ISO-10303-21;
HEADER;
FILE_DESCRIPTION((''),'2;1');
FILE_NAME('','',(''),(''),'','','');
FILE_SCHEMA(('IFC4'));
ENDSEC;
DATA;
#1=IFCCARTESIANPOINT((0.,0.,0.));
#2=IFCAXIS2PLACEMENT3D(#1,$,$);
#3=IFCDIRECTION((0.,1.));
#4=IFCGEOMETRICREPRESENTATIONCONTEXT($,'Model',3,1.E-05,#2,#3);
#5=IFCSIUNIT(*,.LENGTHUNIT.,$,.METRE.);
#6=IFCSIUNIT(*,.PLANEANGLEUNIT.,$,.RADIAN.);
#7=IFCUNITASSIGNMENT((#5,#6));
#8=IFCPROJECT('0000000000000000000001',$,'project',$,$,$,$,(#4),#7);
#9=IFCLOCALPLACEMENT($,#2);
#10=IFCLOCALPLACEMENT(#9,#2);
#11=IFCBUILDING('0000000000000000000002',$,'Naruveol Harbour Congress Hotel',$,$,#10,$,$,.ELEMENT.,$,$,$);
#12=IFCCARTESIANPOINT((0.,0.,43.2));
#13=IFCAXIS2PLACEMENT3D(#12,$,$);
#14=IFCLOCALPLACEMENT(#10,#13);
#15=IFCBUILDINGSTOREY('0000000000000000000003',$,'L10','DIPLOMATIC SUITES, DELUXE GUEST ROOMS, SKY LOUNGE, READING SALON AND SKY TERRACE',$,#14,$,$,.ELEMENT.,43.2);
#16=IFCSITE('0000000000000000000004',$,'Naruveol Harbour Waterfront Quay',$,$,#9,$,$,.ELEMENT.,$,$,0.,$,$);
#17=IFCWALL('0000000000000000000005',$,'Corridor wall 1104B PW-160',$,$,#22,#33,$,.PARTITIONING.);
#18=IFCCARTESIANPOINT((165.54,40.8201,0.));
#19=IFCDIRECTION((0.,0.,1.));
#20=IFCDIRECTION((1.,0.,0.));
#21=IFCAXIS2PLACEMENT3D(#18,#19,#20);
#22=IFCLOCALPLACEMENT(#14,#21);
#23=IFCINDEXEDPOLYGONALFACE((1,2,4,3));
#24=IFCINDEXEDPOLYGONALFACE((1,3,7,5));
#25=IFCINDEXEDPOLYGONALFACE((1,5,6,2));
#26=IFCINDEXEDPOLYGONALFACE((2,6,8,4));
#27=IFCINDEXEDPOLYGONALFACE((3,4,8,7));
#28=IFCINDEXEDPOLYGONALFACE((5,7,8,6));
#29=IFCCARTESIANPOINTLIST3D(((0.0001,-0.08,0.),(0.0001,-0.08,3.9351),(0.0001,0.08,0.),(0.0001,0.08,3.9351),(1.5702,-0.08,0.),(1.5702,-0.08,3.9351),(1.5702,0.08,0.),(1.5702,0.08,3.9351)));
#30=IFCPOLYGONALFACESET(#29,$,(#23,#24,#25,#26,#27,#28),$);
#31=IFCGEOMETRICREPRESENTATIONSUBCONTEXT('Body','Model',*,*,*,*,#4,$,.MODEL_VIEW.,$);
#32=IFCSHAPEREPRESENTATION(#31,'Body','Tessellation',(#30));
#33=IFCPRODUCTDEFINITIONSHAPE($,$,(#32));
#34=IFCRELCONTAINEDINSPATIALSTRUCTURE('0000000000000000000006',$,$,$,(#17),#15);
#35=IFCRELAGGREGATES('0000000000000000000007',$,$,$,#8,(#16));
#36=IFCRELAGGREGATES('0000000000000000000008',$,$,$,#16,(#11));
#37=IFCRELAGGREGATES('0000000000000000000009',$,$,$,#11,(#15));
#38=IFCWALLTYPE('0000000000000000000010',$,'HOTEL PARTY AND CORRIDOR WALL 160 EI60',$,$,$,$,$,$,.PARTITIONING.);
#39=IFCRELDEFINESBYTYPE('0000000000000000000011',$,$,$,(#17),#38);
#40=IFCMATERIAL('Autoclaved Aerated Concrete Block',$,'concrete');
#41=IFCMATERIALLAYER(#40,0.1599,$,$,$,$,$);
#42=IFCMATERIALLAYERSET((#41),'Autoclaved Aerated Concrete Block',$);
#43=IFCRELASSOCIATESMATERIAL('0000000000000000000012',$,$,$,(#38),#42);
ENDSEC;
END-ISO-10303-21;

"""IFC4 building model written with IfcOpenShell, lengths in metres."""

from ifc_helpers import new_model, si_unit, direction, frame, frame_2d, origin, place, context, subcontext, project, spatial, rectangle, extrude, material, layer, layer_set, type_object, element, save


model = new_model("IFC4")

# Units and contexts
model_context = context("Model", 3, precision=1e-05, world=origin(), true_north=direction((0.0, 1.0)))
body_context = subcontext(model_context, "Body", "Model", "MODEL_VIEW")
ifc_project = project(units=[si_unit("LENGTHUNIT", "METRE"), si_unit("PLANEANGLEUNIT", "RADIAN")], contexts=[model_context])

# Site, building, storey
site_placement = place(None, origin())
site = spatial("IfcSite", under=ifc_project, at=site_placement, Name="Naruveol Harbour Waterfront Quay", CompositionType="ELEMENT", RefElevation=0.0)
building_placement = place(site_placement, origin())
building = spatial("IfcBuilding", under=site, at=building_placement, Name="Naruveol Harbour Congress Hotel", CompositionType="ELEMENT")
storey_placement = place(building_placement, frame((0.0, 0.0, 43.2)))
storey = spatial("IfcBuildingStorey", under=building, at=storey_placement, Name="L10", Description="DIPLOMATIC SUITES, DELUXE GUEST ROOMS, SKY LOUNGE, READING SALON AND SKY TERRACE", CompositionType="ELEMENT", Elevation=43.2)

# Shared definitions
ifc_material_1 = material(Name="Autoclaved Aerated Concrete Block", Category="concrete")
ifc_layer_1 = layer(ifc_material_1, 0.1599)
ifc_layer_set_1 = layer_set([ifc_layer_1], Name="Autoclaved Aerated Concrete Block")
wall_type_1 = type_object("IfcWallType", Name="HOTEL PARTY AND CORRIDOR WALL 160 EI60", PredefinedType="PARTITIONING", material=ifc_layer_set_1)

# Wall
wall_1_placement = place(storey_placement, frame((165.54, 40.8201, 0.0), z_axis=(0.0, 0.0, 1.0), x_axis=(1.0, 0.0, 0.0)))
element("IfcWall", 1, at=wall_1_placement, inside=storey, type_object=wall_type_1, Name="Corridor wall 1104B PW-160", PredefinedType="PARTITIONING", context=body_context, shape_type="SweptSolid", body=[
    extrude(rectangle(XDim=1.5701, YDim=0.1599, at=frame_2d((0.7852, 0.0))), origin(), (0.0, 0.0, 1.0), 3.9351),
])

save(model, "model.ifc")
